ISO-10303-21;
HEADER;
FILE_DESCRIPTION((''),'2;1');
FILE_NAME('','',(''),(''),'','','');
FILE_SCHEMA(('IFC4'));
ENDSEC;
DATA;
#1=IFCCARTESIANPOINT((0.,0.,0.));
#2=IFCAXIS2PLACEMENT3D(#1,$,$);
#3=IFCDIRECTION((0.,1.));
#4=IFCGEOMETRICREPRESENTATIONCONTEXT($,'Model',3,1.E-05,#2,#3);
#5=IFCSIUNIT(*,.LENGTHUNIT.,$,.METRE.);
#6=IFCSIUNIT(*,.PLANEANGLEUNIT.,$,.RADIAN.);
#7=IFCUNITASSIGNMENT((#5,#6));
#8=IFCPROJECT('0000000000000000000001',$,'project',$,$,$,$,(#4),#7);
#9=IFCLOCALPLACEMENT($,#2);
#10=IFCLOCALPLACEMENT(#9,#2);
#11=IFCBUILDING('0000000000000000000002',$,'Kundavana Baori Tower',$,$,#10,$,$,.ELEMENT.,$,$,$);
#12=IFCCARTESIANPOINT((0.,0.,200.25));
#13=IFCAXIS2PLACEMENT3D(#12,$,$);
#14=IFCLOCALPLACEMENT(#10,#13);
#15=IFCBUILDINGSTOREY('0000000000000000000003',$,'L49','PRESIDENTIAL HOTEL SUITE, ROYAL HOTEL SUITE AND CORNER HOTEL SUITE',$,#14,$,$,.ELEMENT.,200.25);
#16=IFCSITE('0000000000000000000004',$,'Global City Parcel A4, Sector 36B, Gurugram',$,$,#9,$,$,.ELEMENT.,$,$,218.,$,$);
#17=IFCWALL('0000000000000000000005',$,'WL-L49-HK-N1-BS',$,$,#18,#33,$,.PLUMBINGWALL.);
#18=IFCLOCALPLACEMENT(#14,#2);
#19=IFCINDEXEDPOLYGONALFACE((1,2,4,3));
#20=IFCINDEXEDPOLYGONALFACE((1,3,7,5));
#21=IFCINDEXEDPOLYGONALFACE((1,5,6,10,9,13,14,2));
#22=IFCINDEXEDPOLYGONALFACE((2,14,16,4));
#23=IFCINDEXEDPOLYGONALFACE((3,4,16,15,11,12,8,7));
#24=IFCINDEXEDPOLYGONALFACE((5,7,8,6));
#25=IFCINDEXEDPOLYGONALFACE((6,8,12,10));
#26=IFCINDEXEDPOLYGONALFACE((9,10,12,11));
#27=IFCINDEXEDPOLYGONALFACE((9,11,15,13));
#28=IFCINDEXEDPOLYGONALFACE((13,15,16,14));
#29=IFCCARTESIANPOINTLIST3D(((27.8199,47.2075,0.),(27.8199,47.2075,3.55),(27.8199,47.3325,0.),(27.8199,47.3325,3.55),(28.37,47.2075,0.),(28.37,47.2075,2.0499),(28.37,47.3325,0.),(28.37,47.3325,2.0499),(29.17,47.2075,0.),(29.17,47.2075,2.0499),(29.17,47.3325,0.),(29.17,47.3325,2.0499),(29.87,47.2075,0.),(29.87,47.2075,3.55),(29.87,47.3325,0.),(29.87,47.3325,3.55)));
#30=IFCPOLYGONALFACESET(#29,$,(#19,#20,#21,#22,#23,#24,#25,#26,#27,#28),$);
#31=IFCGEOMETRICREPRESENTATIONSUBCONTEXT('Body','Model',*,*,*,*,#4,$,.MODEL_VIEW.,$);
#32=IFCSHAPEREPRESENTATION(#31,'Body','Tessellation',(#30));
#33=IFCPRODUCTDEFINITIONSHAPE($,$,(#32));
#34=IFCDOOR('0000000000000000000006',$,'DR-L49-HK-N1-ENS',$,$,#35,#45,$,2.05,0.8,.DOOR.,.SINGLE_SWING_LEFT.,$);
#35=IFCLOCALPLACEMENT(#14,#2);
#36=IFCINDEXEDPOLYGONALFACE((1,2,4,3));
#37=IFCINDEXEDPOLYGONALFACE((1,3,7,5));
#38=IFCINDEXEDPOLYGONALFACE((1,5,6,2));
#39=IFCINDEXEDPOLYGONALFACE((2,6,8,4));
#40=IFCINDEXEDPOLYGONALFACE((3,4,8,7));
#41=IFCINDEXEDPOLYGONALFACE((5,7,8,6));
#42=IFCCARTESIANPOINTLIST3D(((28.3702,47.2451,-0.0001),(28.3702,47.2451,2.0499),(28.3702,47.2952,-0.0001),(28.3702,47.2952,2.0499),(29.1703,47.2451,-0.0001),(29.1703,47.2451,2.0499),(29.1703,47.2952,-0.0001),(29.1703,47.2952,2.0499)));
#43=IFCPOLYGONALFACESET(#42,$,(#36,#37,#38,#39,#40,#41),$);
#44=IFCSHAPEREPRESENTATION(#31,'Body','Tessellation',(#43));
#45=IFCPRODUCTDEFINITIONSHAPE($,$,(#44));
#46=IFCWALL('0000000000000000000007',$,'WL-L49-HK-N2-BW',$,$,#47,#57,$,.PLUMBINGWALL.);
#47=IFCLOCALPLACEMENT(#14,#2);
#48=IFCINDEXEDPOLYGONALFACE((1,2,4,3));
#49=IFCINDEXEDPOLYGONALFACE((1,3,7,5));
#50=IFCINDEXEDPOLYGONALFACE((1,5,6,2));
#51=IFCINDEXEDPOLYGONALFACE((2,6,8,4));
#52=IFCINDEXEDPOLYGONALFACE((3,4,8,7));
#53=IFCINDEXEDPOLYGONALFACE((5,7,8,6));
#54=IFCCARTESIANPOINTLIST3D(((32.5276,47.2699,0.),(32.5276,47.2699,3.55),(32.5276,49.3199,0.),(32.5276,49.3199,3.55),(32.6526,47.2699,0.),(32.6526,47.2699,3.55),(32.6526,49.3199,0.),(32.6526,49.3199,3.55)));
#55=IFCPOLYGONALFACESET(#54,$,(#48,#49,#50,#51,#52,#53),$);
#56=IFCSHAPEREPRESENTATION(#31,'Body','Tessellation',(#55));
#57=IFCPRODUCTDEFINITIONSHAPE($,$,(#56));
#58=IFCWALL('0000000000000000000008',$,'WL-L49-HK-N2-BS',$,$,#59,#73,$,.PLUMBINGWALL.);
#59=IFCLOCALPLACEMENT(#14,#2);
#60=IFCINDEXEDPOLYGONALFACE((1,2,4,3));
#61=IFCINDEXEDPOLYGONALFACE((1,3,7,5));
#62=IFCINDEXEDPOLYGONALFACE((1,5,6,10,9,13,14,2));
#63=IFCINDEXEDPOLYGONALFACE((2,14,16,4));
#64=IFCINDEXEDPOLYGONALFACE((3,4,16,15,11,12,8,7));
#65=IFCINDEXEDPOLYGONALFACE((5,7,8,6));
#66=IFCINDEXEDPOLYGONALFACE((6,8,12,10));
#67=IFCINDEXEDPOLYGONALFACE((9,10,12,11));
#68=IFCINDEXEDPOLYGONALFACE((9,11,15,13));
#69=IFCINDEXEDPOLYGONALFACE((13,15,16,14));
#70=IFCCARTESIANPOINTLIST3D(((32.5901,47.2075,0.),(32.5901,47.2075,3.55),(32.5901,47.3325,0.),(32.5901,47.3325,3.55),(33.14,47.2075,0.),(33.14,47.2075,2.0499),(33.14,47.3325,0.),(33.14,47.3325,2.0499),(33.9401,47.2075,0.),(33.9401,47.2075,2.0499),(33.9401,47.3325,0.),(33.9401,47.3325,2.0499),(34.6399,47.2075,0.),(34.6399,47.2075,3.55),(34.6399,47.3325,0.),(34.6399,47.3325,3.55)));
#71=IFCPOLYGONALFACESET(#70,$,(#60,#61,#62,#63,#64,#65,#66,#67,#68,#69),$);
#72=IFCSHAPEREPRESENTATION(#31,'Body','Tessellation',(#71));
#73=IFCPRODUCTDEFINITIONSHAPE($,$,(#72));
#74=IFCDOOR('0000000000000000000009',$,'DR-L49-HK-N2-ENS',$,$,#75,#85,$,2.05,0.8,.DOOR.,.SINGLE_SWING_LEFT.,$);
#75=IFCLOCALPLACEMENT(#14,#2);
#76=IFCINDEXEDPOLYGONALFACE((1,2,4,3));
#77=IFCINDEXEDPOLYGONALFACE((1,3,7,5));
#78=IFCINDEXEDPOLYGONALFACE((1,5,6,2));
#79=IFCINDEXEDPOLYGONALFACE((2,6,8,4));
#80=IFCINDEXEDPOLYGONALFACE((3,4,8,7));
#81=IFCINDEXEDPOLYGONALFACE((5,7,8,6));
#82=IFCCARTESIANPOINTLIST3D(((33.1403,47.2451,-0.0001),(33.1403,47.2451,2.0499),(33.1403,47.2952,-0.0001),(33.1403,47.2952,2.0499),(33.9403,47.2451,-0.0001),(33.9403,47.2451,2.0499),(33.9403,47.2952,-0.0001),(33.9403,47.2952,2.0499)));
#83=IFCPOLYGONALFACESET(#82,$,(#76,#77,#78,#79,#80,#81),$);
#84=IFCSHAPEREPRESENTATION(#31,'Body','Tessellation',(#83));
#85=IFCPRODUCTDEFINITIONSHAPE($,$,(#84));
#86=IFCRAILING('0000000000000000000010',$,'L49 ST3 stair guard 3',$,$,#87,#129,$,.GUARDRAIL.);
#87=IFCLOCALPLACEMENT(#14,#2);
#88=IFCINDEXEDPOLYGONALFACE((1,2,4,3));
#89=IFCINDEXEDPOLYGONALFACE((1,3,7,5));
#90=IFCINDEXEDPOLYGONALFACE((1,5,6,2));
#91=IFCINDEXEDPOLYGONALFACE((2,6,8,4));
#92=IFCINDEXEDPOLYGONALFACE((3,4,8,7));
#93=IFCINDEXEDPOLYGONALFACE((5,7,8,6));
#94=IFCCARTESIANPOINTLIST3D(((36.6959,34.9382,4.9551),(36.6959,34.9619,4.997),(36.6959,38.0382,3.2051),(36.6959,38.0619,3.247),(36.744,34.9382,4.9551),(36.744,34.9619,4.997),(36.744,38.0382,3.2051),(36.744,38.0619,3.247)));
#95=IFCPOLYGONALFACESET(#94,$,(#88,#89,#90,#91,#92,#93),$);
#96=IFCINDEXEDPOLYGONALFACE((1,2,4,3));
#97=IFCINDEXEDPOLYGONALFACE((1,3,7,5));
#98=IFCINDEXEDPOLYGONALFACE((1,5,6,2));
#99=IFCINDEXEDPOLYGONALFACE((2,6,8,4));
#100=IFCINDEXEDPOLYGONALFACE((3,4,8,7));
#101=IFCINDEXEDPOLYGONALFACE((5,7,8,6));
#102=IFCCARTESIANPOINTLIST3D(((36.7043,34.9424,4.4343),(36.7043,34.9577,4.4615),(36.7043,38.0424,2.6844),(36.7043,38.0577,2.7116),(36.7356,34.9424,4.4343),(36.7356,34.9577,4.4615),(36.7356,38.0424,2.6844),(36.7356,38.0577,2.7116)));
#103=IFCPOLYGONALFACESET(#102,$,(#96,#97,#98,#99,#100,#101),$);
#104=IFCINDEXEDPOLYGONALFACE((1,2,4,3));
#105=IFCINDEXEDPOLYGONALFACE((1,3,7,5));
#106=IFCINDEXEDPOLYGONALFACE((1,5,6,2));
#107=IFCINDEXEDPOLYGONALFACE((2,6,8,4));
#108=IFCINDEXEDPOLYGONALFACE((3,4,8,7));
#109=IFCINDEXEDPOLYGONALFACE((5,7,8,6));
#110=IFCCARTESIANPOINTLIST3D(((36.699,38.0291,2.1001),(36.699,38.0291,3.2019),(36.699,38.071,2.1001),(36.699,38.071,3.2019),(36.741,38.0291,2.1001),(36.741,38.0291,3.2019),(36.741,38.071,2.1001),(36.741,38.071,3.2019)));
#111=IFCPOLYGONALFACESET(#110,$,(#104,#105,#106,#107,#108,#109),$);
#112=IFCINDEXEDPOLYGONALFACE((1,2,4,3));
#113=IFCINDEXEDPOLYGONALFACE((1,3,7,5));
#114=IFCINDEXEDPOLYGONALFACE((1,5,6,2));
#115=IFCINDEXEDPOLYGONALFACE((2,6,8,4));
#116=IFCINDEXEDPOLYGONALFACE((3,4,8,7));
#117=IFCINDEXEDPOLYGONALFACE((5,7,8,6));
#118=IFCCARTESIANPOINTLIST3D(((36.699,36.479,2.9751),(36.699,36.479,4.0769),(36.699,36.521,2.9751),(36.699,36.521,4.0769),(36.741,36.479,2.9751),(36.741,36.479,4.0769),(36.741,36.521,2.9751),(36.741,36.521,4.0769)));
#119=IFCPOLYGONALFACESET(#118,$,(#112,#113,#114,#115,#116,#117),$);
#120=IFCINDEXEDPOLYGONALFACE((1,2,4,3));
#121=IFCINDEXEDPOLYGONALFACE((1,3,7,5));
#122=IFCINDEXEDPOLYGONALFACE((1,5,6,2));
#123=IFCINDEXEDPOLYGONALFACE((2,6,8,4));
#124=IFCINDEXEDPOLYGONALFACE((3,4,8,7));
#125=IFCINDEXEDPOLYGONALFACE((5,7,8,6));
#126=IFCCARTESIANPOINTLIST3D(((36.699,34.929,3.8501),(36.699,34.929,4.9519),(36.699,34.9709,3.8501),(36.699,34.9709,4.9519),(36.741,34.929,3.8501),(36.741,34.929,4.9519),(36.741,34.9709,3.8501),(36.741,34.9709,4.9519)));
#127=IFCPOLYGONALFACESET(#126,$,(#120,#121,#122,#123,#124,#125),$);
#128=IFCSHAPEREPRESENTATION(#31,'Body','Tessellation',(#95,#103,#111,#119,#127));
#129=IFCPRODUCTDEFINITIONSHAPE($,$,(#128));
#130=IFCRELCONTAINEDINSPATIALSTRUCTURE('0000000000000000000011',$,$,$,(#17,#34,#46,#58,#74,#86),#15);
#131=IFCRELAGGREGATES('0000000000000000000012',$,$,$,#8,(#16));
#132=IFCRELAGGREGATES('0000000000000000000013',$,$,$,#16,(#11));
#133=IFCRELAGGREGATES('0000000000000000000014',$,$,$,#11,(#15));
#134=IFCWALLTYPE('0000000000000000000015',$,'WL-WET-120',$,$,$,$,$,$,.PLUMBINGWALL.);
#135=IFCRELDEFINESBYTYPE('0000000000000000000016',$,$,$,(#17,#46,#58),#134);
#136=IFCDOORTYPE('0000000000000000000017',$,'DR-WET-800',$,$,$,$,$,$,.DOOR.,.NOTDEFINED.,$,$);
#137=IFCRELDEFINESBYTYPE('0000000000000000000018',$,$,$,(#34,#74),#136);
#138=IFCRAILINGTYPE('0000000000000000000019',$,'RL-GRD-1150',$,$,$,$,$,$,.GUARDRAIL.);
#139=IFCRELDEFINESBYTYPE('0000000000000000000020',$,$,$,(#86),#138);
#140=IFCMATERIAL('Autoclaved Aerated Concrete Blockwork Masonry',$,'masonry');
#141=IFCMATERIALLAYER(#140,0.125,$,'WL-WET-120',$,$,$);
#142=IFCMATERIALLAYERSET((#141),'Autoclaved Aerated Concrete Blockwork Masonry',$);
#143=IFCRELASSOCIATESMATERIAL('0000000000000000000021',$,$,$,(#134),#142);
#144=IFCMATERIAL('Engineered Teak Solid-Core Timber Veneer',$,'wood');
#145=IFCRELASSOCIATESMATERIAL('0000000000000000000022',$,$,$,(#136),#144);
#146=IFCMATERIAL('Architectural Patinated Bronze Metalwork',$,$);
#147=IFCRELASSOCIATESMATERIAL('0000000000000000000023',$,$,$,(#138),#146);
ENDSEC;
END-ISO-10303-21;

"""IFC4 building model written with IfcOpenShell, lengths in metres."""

from ifc_helpers import new_model, si_unit, direction, frame, frame_2d, origin, origin_2d, place, context, subcontext, project, spatial, rectangle, extrude, material, layer, layer_set, type_object, element, fill, save


model = new_model("IFC4")

# Units and contexts
model_context = context("Model", 3, precision=1e-05, world=origin(), true_north=direction((0.0, 1.0)))
body_context = subcontext(model_context, "Body", "Model", "MODEL_VIEW")
ifc_project = project(units=[si_unit("LENGTHUNIT", "METRE"), si_unit("PLANEANGLEUNIT", "RADIAN")], contexts=[model_context])

# Site, building, storey
site_placement = place(None, origin())
site = spatial("IfcSite", under=ifc_project, at=site_placement, Name="Global City Parcel A4, Sector 36B, Gurugram", CompositionType="ELEMENT", RefElevation=218.0)
building_placement = place(site_placement, origin())
building = spatial("IfcBuilding", under=site, at=building_placement, Name="Kundavana Baori Tower", CompositionType="ELEMENT")
storey_placement = place(building_placement, frame((0.0, 0.0, 200.25)))
storey = spatial("IfcBuildingStorey", under=building, at=storey_placement, Name="L49", Description="PRESIDENTIAL HOTEL SUITE, ROYAL HOTEL SUITE AND CORNER HOTEL SUITE", CompositionType="ELEMENT", Elevation=200.25)

# Shared definitions
ifc_material_1 = material(Name="Autoclaved Aerated Concrete Blockwork Masonry", Category="masonry")
ifc_layer_1 = layer(ifc_material_1, 0.125, Name="WL-WET-120")
ifc_layer_set_1 = layer_set([ifc_layer_1], Name="Autoclaved Aerated Concrete Blockwork Masonry")
wall_type_1 = type_object("IfcWallType", Name="WL-WET-120", PredefinedType="PLUMBINGWALL", material=ifc_layer_set_1)

# Wall, opening, door
wall_1_placement = place(storey_placement, frame((27.8201, 47.27, 0.0), z_axis=(0.0, 0.0, 1.0), x_axis=(1.0, 0.0, 0.0)))
wall_1 = element("IfcWall", 1, at=wall_1_placement, inside=storey, type_object=wall_type_1, Name="WL-L49-HK-N1-BS", PredefinedType="PLUMBINGWALL", context=body_context, shape_type="SweptSolid", body=[
    extrude(rectangle(XDim=2.05, YDim=0.125, at=frame_2d((1.0249, 0.0))), origin(), (0.0, 0.0, 1.0), 3.55),
])
opening_1_placement = place(wall_1_placement, frame((0.55, 0.0, 0.0)))
opening_1 = element("IfcOpeningElement", 2, at=opening_1_placement, cuts=wall_1, PredefinedType="OPENING", context=body_context, shape_type="SweptSolid", body=[
    extrude(rectangle(XDim=0.8, YDim=2.05, at=frame_2d((0.3999, 1.0249))), frame((0.0, 0.0725, 0.0), z_axis=(0.0, -1.0, 0.0), x_axis=(1.0, 0.0, 0.0)), (0.0, 0.0, 1.0), 0.145),
])
ifc_material_2 = material(Name="Engineered Teak Solid-Core Timber Veneer", Category="wood")
door_type = type_object("IfcDoorType", Name="DR-WET-800", OperationType="NOTDEFINED", PredefinedType="DOOR", material=ifc_material_2)
door_1_placement = place(opening_1_placement, frame((0.8, 0.0, 0.0), z_axis=(0.0, 0.0, 1.0), x_axis=(-1.0, 0.0, 0.0)))
door_1 = element("IfcDoor", 3, at=door_1_placement, inside=storey, type_object=door_type, Name="DR-L49-HK-N1-ENS", OperationType="SINGLE_SWING_LEFT", OverallHeight=2.05, OverallWidth=0.8, PredefinedType="DOOR", context=body_context, shape_type="SweptSolid", body=[
    extrude(rectangle(XDim=0.8, YDim=2.05, at=frame_2d((0.3999, 1.0249))), frame((0.0, 0.0249, 0.0), z_axis=(0.0, -1.0, 0.0), x_axis=(1.0, 0.0, 0.0)), (0.0, 0.0, 1.0), 0.05),
])
fill(opening_1, door_1)

# Wall
wall_2_placement = place(storey_placement, frame((32.5901, 47.27, 0.0), z_axis=(0.0, 0.0, 1.0), x_axis=(0.0, 1.0, 0.0)))
element("IfcWall", 4, at=wall_2_placement, inside=storey, type_object=wall_type_1, Name="WL-L49-HK-N2-BW", PredefinedType="PLUMBINGWALL", context=body_context, shape_type="SweptSolid", body=[
    extrude(rectangle(XDim=2.05, YDim=0.125, at=frame_2d((1.0249, 0.0))), origin(), (0.0, 0.0, 1.0), 3.55),
])

# Wall, opening, door
wall_3_placement = place(storey_placement, frame((32.5901, 47.27, 0.0), z_axis=(0.0, 0.0, 1.0), x_axis=(1.0, 0.0, 0.0)))
wall_3 = element("IfcWall", 5, at=wall_3_placement, inside=storey, type_object=wall_type_1, Name="WL-L49-HK-N2-BS", PredefinedType="PLUMBINGWALL", context=body_context, shape_type="SweptSolid", body=[
    extrude(rectangle(XDim=2.0498, YDim=0.125, at=frame_2d((1.0249, 0.0))), origin(), (0.0, 0.0, 1.0), 3.55),
])
opening_2_placement = place(wall_3_placement, frame((0.55, 0.0, 0.0)))
opening_2 = element("IfcOpeningElement", 6, at=opening_2_placement, cuts=wall_3, PredefinedType="OPENING", context=body_context, shape_type="SweptSolid", body=[
    extrude(rectangle(XDim=0.8, YDim=2.05, at=frame_2d((0.3999, 1.0249))), frame((0.0, 0.0725, 0.0), z_axis=(0.0, -1.0, 0.0), x_axis=(1.0, 0.0, 0.0)), (0.0, 0.0, 1.0), 0.145),
])
door_2_placement = place(opening_2_placement, frame((0.8, 0.0, 0.0), z_axis=(0.0, 0.0, 1.0), x_axis=(-1.0, 0.0, 0.0)))
door_2 = element("IfcDoor", 7, at=door_2_placement, inside=storey, type_object=door_type, Name="DR-L49-HK-N2-ENS", OperationType="SINGLE_SWING_LEFT", OverallHeight=2.05, OverallWidth=0.8, PredefinedType="DOOR", context=body_context, shape_type="SweptSolid", body=[
    extrude(rectangle(XDim=0.8, YDim=2.05, at=frame_2d((0.3999, 1.0249))), frame((0.0, 0.0249, 0.0), z_axis=(0.0, -1.0, 0.0), x_axis=(1.0, 0.0, 0.0)), (0.0, 0.0, 1.0), 0.05),
])
fill(opening_2, door_2)

# Railing
ifc_material_3 = material(Name="Architectural Patinated Bronze Metalwork")
railing_type = type_object("IfcRailingType", Name="RL-GRD-1150", PredefinedType="GUARDRAIL", material=ifc_material_3)
railing_placement = place(storey_placement, frame((36.72, 38.05, 2.1001)))
element("IfcRailing", 8, at=railing_placement, inside=storey, type_object=railing_type, Name="L49 ST3 stair guard 3", PredefinedType="GUARDRAIL", context=body_context, shape_type="SweptSolid", body=[
    extrude(rectangle(XDim=0.0481, YDim=0.0481, at=origin_2d()), frame((0.0, 0.0, 1.126), z_axis=(0.0, -0.870831, 0.491583), x_axis=(1.0, 0.0, 0.0)), (0.0, 0.0, 1.0), 3.5598),
    extrude(rectangle(XDim=0.0312, YDim=0.0312, at=origin_2d()), frame((0.0, 0.0, 0.5979), z_axis=(0.0, -0.870831, 0.491583), x_axis=(1.0, 0.0, 0.0)), (0.0, 0.0, 1.0), 3.5598),
    extrude(rectangle(XDim=0.042, YDim=0.042, at=origin_2d()), origin(), (0.0, 0.0, 1.0), 1.1018),
    extrude(rectangle(XDim=0.042, YDim=0.042, at=origin_2d()), frame((0.0, -1.55, 0.875)), (0.0, 0.0, 1.0), 1.1018),
    extrude(rectangle(XDim=0.042, YDim=0.042, at=origin_2d()), frame((0.0, -3.1001, 1.75)), (0.0, 0.0, 1.0), 1.1018),
])

save(model, "model.ifc")
